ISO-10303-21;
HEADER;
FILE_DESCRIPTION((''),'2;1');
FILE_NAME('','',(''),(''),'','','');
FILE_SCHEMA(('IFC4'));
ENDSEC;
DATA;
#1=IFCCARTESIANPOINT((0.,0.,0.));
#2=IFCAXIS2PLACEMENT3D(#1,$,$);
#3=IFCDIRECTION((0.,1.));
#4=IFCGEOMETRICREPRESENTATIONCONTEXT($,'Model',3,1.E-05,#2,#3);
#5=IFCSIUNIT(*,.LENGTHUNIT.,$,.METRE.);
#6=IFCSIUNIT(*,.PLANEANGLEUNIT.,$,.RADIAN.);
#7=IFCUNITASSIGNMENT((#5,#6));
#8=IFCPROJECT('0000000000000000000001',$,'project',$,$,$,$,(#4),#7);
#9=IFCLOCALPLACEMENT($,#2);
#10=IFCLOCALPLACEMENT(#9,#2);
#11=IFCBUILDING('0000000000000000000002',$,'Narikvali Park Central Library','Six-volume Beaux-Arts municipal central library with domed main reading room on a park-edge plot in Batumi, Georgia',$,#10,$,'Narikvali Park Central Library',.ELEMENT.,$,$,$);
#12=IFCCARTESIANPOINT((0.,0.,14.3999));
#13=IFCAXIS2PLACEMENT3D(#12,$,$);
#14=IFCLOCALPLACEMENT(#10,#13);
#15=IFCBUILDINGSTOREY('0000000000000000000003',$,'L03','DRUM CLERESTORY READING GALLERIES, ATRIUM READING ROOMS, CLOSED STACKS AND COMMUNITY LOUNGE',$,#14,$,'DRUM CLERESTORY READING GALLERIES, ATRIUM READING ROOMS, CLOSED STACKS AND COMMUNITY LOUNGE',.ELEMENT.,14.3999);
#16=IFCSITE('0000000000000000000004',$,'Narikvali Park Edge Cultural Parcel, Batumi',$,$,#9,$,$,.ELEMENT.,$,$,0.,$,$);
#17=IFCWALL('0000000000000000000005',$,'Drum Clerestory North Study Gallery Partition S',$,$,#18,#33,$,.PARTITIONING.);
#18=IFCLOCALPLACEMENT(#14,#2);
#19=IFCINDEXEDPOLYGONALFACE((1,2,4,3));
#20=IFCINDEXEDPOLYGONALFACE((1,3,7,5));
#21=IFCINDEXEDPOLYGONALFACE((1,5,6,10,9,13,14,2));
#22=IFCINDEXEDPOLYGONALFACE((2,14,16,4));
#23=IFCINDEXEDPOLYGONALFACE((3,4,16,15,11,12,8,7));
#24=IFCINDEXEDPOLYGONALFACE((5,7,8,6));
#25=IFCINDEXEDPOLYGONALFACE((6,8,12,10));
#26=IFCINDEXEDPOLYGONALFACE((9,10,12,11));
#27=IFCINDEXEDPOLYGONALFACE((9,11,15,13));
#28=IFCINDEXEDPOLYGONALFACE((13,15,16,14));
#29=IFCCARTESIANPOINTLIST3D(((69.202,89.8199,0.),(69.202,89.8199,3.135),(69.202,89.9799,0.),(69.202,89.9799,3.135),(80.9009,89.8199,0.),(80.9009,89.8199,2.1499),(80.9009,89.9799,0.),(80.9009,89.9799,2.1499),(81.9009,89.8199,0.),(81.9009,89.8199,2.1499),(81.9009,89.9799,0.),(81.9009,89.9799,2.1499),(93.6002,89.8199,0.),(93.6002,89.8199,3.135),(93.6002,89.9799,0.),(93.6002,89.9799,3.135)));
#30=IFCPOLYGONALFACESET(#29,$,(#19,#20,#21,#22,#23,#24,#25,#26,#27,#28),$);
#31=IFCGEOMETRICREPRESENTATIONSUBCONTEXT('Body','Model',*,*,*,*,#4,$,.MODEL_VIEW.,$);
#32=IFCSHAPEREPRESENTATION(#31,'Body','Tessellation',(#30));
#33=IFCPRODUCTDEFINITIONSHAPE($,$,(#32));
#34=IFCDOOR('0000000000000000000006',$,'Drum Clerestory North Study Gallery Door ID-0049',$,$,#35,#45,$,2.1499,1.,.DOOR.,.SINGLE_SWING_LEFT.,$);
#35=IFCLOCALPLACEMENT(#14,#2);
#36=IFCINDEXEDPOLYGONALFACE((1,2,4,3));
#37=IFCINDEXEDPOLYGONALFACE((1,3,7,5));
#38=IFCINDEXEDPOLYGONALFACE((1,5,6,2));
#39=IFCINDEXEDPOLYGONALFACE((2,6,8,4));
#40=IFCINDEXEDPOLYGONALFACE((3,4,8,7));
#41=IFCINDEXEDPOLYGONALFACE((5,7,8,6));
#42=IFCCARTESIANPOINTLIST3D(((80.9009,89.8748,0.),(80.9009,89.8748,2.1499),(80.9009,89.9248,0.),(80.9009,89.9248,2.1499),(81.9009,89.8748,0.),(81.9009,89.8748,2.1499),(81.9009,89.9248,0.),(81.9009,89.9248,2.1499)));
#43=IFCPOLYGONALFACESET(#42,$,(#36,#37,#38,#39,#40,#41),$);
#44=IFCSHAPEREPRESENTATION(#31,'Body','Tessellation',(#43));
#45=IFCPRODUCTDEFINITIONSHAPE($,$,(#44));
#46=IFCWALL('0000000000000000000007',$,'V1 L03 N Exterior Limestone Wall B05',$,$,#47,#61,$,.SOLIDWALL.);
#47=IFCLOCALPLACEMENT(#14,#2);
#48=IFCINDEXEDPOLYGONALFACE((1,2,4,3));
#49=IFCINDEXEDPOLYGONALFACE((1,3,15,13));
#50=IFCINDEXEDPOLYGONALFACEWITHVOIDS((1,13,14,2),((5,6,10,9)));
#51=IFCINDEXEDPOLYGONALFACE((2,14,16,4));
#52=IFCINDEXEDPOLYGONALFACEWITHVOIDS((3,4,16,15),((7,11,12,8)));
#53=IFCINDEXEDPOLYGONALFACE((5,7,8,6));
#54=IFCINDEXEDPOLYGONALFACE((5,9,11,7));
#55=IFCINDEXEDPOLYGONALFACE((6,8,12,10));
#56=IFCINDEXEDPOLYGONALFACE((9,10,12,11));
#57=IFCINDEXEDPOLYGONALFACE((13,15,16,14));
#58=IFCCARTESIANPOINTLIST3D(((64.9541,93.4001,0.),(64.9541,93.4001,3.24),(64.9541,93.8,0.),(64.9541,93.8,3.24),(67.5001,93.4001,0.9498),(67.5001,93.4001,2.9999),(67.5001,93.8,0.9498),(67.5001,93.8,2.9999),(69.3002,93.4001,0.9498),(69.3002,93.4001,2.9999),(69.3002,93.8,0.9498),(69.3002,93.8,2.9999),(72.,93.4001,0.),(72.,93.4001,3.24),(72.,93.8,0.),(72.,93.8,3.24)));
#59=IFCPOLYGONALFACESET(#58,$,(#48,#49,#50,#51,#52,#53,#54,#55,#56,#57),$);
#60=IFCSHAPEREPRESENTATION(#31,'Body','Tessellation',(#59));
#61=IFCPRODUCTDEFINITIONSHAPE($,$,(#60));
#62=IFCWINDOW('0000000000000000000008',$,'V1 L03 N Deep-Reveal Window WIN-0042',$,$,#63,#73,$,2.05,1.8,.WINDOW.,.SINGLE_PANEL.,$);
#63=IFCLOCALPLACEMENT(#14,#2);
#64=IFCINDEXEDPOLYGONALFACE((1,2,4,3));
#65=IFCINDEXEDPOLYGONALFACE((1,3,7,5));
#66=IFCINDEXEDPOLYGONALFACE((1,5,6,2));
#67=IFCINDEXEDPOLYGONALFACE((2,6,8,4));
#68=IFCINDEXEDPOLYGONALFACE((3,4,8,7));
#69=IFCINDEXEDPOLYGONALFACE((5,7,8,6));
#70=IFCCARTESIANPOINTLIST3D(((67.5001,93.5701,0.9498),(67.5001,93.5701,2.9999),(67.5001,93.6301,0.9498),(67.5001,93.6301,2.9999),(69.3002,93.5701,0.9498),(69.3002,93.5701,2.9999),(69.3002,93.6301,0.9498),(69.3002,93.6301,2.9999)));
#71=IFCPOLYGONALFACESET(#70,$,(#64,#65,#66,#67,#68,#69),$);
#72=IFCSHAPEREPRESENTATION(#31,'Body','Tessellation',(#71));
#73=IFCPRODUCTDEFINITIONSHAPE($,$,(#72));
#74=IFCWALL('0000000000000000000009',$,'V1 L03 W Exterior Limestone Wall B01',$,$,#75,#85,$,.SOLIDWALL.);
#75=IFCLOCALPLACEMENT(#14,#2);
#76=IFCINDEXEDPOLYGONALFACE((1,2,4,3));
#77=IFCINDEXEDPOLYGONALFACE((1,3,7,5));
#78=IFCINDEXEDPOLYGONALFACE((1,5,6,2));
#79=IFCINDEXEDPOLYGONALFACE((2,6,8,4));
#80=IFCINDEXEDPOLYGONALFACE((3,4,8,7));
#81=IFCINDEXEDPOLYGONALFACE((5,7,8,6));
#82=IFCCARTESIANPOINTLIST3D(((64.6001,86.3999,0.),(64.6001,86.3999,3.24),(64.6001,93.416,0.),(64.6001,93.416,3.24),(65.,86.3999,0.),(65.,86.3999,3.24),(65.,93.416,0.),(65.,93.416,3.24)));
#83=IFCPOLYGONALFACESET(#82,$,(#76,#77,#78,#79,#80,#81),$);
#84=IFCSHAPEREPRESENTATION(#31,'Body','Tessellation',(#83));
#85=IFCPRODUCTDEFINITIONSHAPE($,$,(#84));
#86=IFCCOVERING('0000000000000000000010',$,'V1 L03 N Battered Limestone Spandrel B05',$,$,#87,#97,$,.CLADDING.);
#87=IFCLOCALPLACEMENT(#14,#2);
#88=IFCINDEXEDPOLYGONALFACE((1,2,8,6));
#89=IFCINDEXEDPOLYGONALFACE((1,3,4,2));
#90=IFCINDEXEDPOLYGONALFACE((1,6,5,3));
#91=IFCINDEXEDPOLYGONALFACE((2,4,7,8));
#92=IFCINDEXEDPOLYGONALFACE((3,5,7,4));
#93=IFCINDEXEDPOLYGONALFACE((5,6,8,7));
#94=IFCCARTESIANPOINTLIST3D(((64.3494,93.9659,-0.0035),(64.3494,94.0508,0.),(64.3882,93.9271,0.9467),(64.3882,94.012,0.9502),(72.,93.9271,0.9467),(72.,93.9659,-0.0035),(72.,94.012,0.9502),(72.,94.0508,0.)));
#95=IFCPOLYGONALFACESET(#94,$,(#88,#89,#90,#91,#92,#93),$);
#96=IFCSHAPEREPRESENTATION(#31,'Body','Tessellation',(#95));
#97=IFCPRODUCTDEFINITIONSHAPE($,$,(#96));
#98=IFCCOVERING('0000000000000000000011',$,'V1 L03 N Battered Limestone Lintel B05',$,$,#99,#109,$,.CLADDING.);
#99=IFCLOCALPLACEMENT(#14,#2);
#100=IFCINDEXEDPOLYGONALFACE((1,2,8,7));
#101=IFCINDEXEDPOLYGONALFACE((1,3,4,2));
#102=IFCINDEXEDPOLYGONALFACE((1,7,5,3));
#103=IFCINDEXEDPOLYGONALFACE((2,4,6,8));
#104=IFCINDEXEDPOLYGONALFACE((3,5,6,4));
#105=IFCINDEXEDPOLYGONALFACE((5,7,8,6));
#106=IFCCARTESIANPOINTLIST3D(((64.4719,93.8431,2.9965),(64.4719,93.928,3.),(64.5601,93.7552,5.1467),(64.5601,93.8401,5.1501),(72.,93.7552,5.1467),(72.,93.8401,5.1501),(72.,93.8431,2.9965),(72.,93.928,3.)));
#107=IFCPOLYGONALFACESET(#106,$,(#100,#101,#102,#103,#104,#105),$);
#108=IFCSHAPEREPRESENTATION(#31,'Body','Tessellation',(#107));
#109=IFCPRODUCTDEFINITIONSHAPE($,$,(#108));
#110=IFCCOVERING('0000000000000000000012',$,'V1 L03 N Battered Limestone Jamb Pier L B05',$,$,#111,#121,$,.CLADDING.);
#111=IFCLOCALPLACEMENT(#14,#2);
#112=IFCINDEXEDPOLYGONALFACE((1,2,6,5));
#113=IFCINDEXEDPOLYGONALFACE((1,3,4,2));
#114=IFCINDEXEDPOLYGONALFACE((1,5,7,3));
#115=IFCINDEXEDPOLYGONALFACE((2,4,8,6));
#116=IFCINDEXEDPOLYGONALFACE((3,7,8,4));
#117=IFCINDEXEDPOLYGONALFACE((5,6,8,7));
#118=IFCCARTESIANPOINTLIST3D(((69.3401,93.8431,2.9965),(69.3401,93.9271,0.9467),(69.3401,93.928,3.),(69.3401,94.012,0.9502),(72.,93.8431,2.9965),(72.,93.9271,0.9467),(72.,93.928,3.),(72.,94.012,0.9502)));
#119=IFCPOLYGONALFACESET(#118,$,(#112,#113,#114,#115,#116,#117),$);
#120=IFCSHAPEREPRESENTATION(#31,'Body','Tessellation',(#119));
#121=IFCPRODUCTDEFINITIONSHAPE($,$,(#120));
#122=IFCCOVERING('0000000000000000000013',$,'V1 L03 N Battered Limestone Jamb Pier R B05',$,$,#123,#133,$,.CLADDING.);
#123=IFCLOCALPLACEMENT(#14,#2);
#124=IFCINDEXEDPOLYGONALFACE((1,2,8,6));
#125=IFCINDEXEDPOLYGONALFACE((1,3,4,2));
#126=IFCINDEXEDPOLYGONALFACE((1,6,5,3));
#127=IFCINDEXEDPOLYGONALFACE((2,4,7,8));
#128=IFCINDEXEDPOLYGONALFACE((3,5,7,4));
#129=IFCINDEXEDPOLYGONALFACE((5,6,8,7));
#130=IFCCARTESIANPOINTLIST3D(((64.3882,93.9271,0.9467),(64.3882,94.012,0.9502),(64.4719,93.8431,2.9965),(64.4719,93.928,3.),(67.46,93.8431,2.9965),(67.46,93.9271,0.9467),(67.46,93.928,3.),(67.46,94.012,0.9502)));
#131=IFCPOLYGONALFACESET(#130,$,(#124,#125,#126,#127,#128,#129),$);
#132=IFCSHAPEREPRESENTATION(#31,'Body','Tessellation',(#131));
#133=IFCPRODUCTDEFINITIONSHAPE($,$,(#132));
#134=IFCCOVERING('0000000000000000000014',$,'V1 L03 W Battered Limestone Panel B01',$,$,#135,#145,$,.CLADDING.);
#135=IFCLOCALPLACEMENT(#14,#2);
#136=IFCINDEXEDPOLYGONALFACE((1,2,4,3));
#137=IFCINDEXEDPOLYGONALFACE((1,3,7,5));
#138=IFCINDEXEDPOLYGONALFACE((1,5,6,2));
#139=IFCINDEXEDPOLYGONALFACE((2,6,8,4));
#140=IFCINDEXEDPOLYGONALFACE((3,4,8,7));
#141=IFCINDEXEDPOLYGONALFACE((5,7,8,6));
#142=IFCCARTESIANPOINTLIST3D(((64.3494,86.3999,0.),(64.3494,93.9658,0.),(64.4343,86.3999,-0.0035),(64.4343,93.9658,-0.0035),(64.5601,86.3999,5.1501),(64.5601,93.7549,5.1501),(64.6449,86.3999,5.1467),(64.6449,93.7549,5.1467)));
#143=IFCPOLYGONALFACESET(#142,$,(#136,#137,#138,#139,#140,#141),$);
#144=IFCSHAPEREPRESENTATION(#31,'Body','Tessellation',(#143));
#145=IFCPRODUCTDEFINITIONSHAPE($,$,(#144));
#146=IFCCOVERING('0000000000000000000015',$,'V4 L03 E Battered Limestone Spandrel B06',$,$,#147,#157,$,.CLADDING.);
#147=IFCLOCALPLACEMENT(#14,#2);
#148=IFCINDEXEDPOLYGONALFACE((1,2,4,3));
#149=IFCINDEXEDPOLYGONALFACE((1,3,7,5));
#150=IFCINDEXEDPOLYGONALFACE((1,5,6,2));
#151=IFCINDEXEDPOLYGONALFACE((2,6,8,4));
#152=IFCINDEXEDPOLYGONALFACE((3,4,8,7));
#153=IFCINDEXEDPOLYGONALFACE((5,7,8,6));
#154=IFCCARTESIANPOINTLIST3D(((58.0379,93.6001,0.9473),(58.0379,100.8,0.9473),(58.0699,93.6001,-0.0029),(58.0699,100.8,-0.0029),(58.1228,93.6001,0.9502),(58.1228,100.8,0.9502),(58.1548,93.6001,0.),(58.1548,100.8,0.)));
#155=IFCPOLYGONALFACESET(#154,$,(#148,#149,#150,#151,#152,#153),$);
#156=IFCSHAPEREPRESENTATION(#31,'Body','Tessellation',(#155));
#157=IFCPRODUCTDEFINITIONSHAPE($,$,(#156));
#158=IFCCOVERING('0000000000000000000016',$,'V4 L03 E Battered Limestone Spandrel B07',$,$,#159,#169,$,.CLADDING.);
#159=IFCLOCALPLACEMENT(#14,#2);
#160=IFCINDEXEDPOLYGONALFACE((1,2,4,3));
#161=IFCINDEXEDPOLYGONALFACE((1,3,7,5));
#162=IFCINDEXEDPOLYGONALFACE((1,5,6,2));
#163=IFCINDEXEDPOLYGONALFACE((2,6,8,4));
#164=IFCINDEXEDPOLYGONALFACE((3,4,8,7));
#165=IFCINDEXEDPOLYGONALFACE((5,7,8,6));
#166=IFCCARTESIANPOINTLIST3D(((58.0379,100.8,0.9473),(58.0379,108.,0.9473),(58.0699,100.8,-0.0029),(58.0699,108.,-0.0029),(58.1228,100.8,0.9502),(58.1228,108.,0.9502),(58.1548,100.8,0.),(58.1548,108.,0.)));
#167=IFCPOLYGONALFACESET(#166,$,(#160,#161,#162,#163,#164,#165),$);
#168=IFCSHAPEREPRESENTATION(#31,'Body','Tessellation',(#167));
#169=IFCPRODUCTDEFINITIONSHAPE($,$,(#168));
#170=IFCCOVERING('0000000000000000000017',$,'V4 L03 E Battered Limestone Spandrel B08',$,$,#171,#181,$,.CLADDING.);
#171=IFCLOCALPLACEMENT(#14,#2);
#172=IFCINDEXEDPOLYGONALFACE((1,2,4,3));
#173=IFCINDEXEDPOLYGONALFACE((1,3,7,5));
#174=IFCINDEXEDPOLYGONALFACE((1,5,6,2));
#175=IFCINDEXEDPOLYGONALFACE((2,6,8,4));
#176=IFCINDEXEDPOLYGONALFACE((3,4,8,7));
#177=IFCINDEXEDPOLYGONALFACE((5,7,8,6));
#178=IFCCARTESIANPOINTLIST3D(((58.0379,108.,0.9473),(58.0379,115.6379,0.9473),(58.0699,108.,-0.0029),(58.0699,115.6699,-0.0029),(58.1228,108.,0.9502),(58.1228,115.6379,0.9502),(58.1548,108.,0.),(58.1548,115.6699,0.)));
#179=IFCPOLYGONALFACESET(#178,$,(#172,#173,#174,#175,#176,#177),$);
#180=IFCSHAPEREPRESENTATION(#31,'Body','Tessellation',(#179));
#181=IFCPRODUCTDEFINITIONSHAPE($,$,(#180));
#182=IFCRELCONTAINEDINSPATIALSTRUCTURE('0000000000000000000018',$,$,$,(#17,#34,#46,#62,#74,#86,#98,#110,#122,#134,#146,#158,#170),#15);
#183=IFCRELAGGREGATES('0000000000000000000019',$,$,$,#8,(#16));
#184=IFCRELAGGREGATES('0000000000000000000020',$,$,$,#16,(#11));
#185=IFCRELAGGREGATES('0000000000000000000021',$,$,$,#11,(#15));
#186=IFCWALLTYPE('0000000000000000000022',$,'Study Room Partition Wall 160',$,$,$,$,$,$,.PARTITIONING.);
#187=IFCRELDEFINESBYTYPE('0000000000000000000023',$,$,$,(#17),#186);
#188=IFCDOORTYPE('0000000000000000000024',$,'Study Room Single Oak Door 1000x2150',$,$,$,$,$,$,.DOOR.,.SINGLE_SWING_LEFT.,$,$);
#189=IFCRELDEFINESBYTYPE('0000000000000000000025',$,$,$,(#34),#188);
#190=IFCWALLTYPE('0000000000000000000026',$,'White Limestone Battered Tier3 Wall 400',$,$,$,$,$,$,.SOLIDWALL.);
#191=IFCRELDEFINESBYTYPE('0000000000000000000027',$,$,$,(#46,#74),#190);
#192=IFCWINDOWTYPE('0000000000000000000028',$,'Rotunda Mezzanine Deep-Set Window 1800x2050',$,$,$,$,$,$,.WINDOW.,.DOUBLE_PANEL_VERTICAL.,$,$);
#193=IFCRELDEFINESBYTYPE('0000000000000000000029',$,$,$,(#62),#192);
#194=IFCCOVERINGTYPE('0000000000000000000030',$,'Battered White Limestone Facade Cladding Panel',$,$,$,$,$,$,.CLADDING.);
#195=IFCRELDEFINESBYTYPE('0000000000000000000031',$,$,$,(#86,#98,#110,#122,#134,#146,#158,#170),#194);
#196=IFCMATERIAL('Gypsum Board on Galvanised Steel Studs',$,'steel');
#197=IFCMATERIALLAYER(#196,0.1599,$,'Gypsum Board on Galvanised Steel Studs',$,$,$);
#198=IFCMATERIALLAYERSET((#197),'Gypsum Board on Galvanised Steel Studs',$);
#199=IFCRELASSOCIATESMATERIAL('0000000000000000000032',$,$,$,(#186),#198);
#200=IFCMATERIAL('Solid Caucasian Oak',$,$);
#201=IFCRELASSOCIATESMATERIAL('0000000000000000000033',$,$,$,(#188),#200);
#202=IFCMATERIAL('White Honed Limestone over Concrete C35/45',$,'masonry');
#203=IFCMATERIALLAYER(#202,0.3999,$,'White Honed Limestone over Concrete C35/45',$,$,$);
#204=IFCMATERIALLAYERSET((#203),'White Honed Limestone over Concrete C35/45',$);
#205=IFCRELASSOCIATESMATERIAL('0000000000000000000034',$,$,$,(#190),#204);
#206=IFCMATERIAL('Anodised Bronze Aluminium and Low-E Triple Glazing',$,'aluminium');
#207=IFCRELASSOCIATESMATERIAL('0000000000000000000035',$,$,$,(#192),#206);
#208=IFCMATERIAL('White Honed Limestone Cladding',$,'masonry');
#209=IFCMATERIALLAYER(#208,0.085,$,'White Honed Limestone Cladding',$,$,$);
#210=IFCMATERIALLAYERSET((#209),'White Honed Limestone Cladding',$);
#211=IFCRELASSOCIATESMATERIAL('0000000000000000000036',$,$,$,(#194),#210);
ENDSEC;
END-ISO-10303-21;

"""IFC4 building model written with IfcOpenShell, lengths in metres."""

from ifc_helpers import new_model, si_unit, direction, frame, frame_2d, origin, place, context, subcontext, project, spatial, polyline, rectangle, outline, extrude, material, layer, layer_set, type_object, element, fill, save


model = new_model("IFC4")

# Units and contexts
model_context = context("Model", 3, precision=1e-05, world=origin(), true_north=direction((0.0, 1.0)))
body_context = subcontext(model_context, "Body", "Model", "MODEL_VIEW")
ifc_project = project(units=[si_unit("LENGTHUNIT", "METRE"), si_unit("PLANEANGLEUNIT", "RADIAN")], contexts=[model_context])

# Site, building, storey
site_placement = place(None, origin())
site = spatial("IfcSite", under=ifc_project, at=site_placement, Name="Narikvali Park Edge Cultural Parcel, Batumi", CompositionType="ELEMENT", RefElevation=0.0)
building_placement = place(site_placement, origin())
building = spatial("IfcBuilding", under=site, at=building_placement, Name="Narikvali Park Central Library", Description="Six-volume Beaux-Arts municipal central library with domed main reading room on a park-edge plot in Batumi, Georgia", LongName="Narikvali Park Central Library", CompositionType="ELEMENT")
storey_placement = place(building_placement, frame((0.0, 0.0, 14.3999)))
storey = spatial("IfcBuildingStorey", under=building, at=storey_placement, Name="L03", Description="DRUM CLERESTORY READING GALLERIES, ATRIUM READING ROOMS, CLOSED STACKS AND COMMUNITY LOUNGE", LongName="DRUM CLERESTORY READING GALLERIES, ATRIUM READING ROOMS, CLOSED STACKS AND COMMUNITY LOUNGE", CompositionType="ELEMENT", Elevation=14.3999)

# Wall, opening, door
ifc_material_1 = material(Name="Gypsum Board on Galvanised Steel Studs", Category="steel")
ifc_layer_1 = layer(ifc_material_1, 0.1599, Name="Gypsum Board on Galvanised Steel Studs")
ifc_layer_set_1 = layer_set([ifc_layer_1], Name="Gypsum Board on Galvanised Steel Studs")
wall_type_1 = type_object("IfcWallType", Name="Study Room Partition Wall 160", PredefinedType="PARTITIONING", material=ifc_layer_set_1)
wall_1_placement = place(storey_placement, frame((69.2019, 89.8999, 0.0), z_axis=(0.0, 0.0, 1.0), x_axis=(1.0, 0.0, 0.0)))
wall_1 = element("IfcWall", 1, at=wall_1_placement, inside=storey, type_object=wall_type_1, Name="Drum Clerestory North Study Gallery Partition S", PredefinedType="PARTITIONING", context=body_context, shape_type="SweptSolid", body=[
    extrude(rectangle(XDim=24.3982, YDim=0.1599, at=frame_2d((12.1992, 0.0))), origin(), (0.0, 0.0, 1.0), 3.135),
])
opening_1_placement = place(wall_1_placement, frame((11.699, 0.0, 0.0)))
opening_1 = element("IfcOpeningElement", 2, at=opening_1_placement, cuts=wall_1, PredefinedType="OPENING", context=body_context, shape_type="SweptSolid", body=[
    extrude(rectangle(XDim=1.0, YDim=2.1499, at=frame_2d((0.5, 1.075))), frame((0.0, 0.0918, 0.0), z_axis=(0.0, -1.0, 0.0), x_axis=(1.0, 0.0, 0.0)), (0.0, 0.0, 1.0), 0.1838),
])
ifc_material_2 = material(Name="Solid Caucasian Oak")
door_type = type_object("IfcDoorType", Name="Study Room Single Oak Door 1000x2150", OperationType="SINGLE_SWING_LEFT", PredefinedType="DOOR", material=ifc_material_2)
door_placement = place(opening_1_placement, origin())
door = element("IfcDoor", 3, at=door_placement, inside=storey, type_object=door_type, Name="Drum Clerestory North Study Gallery Door ID-0049", OperationType="SINGLE_SWING_LEFT", OverallHeight=2.1499, OverallWidth=1.0, PredefinedType="DOOR", context=body_context, shape_type="SweptSolid", body=[
    extrude(rectangle(XDim=1.0, YDim=2.1499, at=frame_2d((0.5, 1.075))), frame((0.0, 0.0249, 0.0), z_axis=(0.0, -1.0, 0.0), x_axis=(1.0, 0.0, 0.0)), (0.0, 0.0, 1.0), 0.05),
])
fill(opening_1, door)

# Wall, opening, window
ifc_material_3 = material(Name="White Honed Limestone over Concrete C35/45", Category="masonry")
ifc_layer_2 = layer(ifc_material_3, 0.3999, Name="White Honed Limestone over Concrete C35/45")
ifc_layer_set_2 = layer_set([ifc_layer_2], Name="White Honed Limestone over Concrete C35/45")
wall_type_2 = type_object("IfcWallType", Name="White Limestone Battered Tier3 Wall 400", PredefinedType="SOLIDWALL", material=ifc_layer_set_2)
wall_2_placement = place(storey_placement, frame((72.0, 93.6001, 0.0), z_axis=(0.0, 0.0, 1.0), x_axis=(-1.0, 0.0, 0.0)))
wall_2 = element("IfcWall", 4, at=wall_2_placement, inside=storey, type_object=wall_type_2, Name="V1 L03 N Exterior Limestone Wall B05", PredefinedType="SOLIDWALL", context=body_context, shape_type="SweptSolid", body=[
    extrude(rectangle(XDim=7.0459, YDim=0.3999, at=frame_2d((3.5229, 0.0))), origin(), (0.0, 0.0, 1.0), 3.24),
])
opening_2_placement = place(wall_2_placement, frame((2.7, 0.0, 0.95)))
opening_2 = element("IfcOpeningElement", 5, at=opening_2_placement, cuts=wall_2, PredefinedType="OPENING", context=body_context, shape_type="SweptSolid", body=[
    extrude(rectangle(XDim=1.8, YDim=2.05, at=frame_2d((0.8999, 1.0249))), frame((0.0, 0.2119, 0.0), z_axis=(0.0, -1.0, 0.0), x_axis=(1.0, 0.0, 0.0)), (0.0, 0.0, 1.0), 0.4238),
])
ifc_material_4 = material(Name="Anodised Bronze Aluminium and Low-E Triple Glazing", Category="aluminium")
window_type = type_object("IfcWindowType", Name="Rotunda Mezzanine Deep-Set Window 1800x2050", PartitioningType="DOUBLE_PANEL_VERTICAL", PredefinedType="WINDOW", material=ifc_material_4)
window_placement = place(opening_2_placement, origin())
window = element("IfcWindow", 6, at=window_placement, inside=storey, type_object=window_type, Name="V1 L03 N Deep-Reveal Window WIN-0042", OverallHeight=2.05, OverallWidth=1.8, PartitioningType="SINGLE_PANEL", PredefinedType="WINDOW", context=body_context, shape_type="SweptSolid", body=[
    extrude(rectangle(XDim=1.8, YDim=2.05, at=frame_2d((0.8999, 1.0249))), frame((0.0, 0.03, 0.0), z_axis=(0.0, -1.0, 0.0), x_axis=(1.0, 0.0, 0.0)), (0.0, 0.0, 1.0), 0.0601),
])
fill(opening_2, window)

# Wall
wall_3_placement = place(storey_placement, frame((64.8, 93.416, 0.0), z_axis=(0.0, 0.0, 1.0), x_axis=(0.0, -1.0, 0.0)))
element("IfcWall", 7, at=wall_3_placement, inside=storey, type_object=wall_type_2, Name="V1 L03 W Exterior Limestone Wall B01", PredefinedType="SOLIDWALL", context=body_context, shape_type="SweptSolid", body=[
    extrude(rectangle(XDim=7.0161, YDim=0.3999, at=frame_2d((3.5081, 0.0))), origin(), (0.0, 0.0, 1.0), 3.24),
])

# Coverings
ifc_material_5 = material(Name="White Honed Limestone Cladding", Category="masonry")
ifc_layer_3 = layer(ifc_material_5, 0.085, Name="White Honed Limestone Cladding")
ifc_layer_set_3 = layer_set([ifc_layer_3], Name="White Honed Limestone Cladding")
covering_type = type_object("IfcCoveringType", Name="Battered White Limestone Facade Cladding Panel", PredefinedType="CLADDING", material=ifc_layer_set_3)
covering_1_placement = place(storey_placement, frame((72.0, 94.0508, 0.0), z_axis=(0.0, 0.999167, 0.040819), x_axis=(-1.0, 0.0, 0.0)))
element("IfcCovering", 8, at=covering_1_placement, inside=storey, type_object=covering_type, Name="V1 L03 N Battered Limestone Spandrel B05", PredefinedType="CLADDING", context=body_context, shape_type="SweptSolid", body=[
    extrude(outline(polyline([(0.0, 0.0), (7.6506, 0.0), (7.6118, 0.951), (0.0, 0.951), (0.0, 0.0)])), origin(), (0.0, 0.0, -1.0), 0.085),
])
covering_2_placement = place(storey_placement, frame((72.0, 93.928, 3.0), z_axis=(0.0, 0.999166, 0.040842), x_axis=(-1.0, 0.0, 0.0)))
element("IfcCovering", 9, at=covering_2_placement, inside=storey, type_object=covering_type, Name="V1 L03 N Battered Limestone Lintel B05", PredefinedType="CLADDING", context=body_context, shape_type="SweptSolid", body=[
    extrude(outline(polyline([(0.0, 0.0), (7.5281, 0.0), (7.4399, 2.1519), (0.0, 2.1519), (0.0, 0.0)])), origin(), (0.0, 0.0, -1.0), 0.085),
])
covering_3_placement = place(storey_placement, frame((72.0, 94.012, 0.9502), z_axis=(0.0, 0.999162, 0.040938), x_axis=(-1.0, 0.0, 0.0)))
element("IfcCovering", 10, at=covering_3_placement, inside=storey, type_object=covering_type, Name="V1 L03 N Battered Limestone Jamb Pier L B05", PredefinedType="CLADDING", context=body_context, shape_type="SweptSolid", body=[
    extrude(outline(polyline([(0.0, 0.0), (2.6599, 0.0), (2.6599, 2.0515), (0.0, 2.0515), (0.0, 0.0)])), origin(), (0.0, 0.0, -1.0), 0.085),
])
covering_4_placement = place(storey_placement, frame((67.46, 94.012, 0.9502), z_axis=(0.0, 0.999162, 0.040938), x_axis=(-1.0, 0.0, 0.0)))
element("IfcCovering", 11, at=covering_4_placement, inside=storey, type_object=covering_type, Name="V1 L03 N Battered Limestone Jamb Pier R B05", PredefinedType="CLADDING", context=body_context, shape_type="SweptSolid", body=[
    extrude(outline(polyline([(0.0, 0.0), (3.0718, 0.0), (2.988, 2.0515), (0.0, 2.0515), (0.0, 0.0)])), origin(), (0.0, 0.0, -1.0), 0.085),
])
covering_5_placement = place(storey_placement, frame((64.3494, 93.9658, 0.0), z_axis=(-0.999164, 0.0, 0.040876), x_axis=(0.0, -1.0, 0.0)))
element("IfcCovering", 12, at=covering_5_placement, inside=storey, type_object=covering_type, Name="V1 L03 W Battered Limestone Panel B01", PredefinedType="CLADDING", context=body_context, shape_type="SweptSolid", body=[
    extrude(outline(polyline([(0.0, 0.0), (7.5659, 0.0), (7.5659, 5.1545), (0.2109, 5.1545), (0.0, 0.0)])), origin(), (0.0, 0.0, -1.0), 0.085),
])
for number, where, z_axis, x_axis, name in (
    (13, (58.1548, 93.6001, 0.0), (0.999434, 0.0, 0.03364), (0.0, 1.0, 0.0), "V4 L03 E Battered Limestone Spandrel B06"),
    (14, (58.1548, 100.8, 0.0), (0.999434, 0.0, 0.03364), (0.0, 1.0, 0.0), "V4 L03 E Battered Limestone Spandrel B07"),
):
    element("IfcCovering", number, at=place(storey_placement, frame(where, z_axis=z_axis, x_axis=x_axis)), inside=storey, type_object=covering_type, Name=name, PredefinedType="CLADDING", context=body_context, shape_type="SweptSolid", body=[
        extrude(outline(polyline([(0.0, 0.0), (7.2, 0.0), (7.2, 0.9507), (0.0, 0.9507), (0.0, 0.0)])), origin(), (0.0, 0.0, -1.0), 0.085),
    ])
covering_6_placement = place(storey_placement, frame((58.1548, 108.0, 0.0), z_axis=(0.999434, 0.0, 0.03364), x_axis=(0.0, 1.0, 0.0)))
element("IfcCovering", 15, at=covering_6_placement, inside=storey, type_object=covering_type, Name="V4 L03 E Battered Limestone Spandrel B08", PredefinedType="CLADDING", context=body_context, shape_type="SweptSolid", body=[
    extrude(outline(polyline([(0.0, 0.0), (7.6699, 0.0), (7.6379, 0.9507), (0.0, 0.9507), (0.0, 0.0)])), origin(), (0.0, 0.0, -1.0), 0.085),
])

save(model, "model.ifc")
